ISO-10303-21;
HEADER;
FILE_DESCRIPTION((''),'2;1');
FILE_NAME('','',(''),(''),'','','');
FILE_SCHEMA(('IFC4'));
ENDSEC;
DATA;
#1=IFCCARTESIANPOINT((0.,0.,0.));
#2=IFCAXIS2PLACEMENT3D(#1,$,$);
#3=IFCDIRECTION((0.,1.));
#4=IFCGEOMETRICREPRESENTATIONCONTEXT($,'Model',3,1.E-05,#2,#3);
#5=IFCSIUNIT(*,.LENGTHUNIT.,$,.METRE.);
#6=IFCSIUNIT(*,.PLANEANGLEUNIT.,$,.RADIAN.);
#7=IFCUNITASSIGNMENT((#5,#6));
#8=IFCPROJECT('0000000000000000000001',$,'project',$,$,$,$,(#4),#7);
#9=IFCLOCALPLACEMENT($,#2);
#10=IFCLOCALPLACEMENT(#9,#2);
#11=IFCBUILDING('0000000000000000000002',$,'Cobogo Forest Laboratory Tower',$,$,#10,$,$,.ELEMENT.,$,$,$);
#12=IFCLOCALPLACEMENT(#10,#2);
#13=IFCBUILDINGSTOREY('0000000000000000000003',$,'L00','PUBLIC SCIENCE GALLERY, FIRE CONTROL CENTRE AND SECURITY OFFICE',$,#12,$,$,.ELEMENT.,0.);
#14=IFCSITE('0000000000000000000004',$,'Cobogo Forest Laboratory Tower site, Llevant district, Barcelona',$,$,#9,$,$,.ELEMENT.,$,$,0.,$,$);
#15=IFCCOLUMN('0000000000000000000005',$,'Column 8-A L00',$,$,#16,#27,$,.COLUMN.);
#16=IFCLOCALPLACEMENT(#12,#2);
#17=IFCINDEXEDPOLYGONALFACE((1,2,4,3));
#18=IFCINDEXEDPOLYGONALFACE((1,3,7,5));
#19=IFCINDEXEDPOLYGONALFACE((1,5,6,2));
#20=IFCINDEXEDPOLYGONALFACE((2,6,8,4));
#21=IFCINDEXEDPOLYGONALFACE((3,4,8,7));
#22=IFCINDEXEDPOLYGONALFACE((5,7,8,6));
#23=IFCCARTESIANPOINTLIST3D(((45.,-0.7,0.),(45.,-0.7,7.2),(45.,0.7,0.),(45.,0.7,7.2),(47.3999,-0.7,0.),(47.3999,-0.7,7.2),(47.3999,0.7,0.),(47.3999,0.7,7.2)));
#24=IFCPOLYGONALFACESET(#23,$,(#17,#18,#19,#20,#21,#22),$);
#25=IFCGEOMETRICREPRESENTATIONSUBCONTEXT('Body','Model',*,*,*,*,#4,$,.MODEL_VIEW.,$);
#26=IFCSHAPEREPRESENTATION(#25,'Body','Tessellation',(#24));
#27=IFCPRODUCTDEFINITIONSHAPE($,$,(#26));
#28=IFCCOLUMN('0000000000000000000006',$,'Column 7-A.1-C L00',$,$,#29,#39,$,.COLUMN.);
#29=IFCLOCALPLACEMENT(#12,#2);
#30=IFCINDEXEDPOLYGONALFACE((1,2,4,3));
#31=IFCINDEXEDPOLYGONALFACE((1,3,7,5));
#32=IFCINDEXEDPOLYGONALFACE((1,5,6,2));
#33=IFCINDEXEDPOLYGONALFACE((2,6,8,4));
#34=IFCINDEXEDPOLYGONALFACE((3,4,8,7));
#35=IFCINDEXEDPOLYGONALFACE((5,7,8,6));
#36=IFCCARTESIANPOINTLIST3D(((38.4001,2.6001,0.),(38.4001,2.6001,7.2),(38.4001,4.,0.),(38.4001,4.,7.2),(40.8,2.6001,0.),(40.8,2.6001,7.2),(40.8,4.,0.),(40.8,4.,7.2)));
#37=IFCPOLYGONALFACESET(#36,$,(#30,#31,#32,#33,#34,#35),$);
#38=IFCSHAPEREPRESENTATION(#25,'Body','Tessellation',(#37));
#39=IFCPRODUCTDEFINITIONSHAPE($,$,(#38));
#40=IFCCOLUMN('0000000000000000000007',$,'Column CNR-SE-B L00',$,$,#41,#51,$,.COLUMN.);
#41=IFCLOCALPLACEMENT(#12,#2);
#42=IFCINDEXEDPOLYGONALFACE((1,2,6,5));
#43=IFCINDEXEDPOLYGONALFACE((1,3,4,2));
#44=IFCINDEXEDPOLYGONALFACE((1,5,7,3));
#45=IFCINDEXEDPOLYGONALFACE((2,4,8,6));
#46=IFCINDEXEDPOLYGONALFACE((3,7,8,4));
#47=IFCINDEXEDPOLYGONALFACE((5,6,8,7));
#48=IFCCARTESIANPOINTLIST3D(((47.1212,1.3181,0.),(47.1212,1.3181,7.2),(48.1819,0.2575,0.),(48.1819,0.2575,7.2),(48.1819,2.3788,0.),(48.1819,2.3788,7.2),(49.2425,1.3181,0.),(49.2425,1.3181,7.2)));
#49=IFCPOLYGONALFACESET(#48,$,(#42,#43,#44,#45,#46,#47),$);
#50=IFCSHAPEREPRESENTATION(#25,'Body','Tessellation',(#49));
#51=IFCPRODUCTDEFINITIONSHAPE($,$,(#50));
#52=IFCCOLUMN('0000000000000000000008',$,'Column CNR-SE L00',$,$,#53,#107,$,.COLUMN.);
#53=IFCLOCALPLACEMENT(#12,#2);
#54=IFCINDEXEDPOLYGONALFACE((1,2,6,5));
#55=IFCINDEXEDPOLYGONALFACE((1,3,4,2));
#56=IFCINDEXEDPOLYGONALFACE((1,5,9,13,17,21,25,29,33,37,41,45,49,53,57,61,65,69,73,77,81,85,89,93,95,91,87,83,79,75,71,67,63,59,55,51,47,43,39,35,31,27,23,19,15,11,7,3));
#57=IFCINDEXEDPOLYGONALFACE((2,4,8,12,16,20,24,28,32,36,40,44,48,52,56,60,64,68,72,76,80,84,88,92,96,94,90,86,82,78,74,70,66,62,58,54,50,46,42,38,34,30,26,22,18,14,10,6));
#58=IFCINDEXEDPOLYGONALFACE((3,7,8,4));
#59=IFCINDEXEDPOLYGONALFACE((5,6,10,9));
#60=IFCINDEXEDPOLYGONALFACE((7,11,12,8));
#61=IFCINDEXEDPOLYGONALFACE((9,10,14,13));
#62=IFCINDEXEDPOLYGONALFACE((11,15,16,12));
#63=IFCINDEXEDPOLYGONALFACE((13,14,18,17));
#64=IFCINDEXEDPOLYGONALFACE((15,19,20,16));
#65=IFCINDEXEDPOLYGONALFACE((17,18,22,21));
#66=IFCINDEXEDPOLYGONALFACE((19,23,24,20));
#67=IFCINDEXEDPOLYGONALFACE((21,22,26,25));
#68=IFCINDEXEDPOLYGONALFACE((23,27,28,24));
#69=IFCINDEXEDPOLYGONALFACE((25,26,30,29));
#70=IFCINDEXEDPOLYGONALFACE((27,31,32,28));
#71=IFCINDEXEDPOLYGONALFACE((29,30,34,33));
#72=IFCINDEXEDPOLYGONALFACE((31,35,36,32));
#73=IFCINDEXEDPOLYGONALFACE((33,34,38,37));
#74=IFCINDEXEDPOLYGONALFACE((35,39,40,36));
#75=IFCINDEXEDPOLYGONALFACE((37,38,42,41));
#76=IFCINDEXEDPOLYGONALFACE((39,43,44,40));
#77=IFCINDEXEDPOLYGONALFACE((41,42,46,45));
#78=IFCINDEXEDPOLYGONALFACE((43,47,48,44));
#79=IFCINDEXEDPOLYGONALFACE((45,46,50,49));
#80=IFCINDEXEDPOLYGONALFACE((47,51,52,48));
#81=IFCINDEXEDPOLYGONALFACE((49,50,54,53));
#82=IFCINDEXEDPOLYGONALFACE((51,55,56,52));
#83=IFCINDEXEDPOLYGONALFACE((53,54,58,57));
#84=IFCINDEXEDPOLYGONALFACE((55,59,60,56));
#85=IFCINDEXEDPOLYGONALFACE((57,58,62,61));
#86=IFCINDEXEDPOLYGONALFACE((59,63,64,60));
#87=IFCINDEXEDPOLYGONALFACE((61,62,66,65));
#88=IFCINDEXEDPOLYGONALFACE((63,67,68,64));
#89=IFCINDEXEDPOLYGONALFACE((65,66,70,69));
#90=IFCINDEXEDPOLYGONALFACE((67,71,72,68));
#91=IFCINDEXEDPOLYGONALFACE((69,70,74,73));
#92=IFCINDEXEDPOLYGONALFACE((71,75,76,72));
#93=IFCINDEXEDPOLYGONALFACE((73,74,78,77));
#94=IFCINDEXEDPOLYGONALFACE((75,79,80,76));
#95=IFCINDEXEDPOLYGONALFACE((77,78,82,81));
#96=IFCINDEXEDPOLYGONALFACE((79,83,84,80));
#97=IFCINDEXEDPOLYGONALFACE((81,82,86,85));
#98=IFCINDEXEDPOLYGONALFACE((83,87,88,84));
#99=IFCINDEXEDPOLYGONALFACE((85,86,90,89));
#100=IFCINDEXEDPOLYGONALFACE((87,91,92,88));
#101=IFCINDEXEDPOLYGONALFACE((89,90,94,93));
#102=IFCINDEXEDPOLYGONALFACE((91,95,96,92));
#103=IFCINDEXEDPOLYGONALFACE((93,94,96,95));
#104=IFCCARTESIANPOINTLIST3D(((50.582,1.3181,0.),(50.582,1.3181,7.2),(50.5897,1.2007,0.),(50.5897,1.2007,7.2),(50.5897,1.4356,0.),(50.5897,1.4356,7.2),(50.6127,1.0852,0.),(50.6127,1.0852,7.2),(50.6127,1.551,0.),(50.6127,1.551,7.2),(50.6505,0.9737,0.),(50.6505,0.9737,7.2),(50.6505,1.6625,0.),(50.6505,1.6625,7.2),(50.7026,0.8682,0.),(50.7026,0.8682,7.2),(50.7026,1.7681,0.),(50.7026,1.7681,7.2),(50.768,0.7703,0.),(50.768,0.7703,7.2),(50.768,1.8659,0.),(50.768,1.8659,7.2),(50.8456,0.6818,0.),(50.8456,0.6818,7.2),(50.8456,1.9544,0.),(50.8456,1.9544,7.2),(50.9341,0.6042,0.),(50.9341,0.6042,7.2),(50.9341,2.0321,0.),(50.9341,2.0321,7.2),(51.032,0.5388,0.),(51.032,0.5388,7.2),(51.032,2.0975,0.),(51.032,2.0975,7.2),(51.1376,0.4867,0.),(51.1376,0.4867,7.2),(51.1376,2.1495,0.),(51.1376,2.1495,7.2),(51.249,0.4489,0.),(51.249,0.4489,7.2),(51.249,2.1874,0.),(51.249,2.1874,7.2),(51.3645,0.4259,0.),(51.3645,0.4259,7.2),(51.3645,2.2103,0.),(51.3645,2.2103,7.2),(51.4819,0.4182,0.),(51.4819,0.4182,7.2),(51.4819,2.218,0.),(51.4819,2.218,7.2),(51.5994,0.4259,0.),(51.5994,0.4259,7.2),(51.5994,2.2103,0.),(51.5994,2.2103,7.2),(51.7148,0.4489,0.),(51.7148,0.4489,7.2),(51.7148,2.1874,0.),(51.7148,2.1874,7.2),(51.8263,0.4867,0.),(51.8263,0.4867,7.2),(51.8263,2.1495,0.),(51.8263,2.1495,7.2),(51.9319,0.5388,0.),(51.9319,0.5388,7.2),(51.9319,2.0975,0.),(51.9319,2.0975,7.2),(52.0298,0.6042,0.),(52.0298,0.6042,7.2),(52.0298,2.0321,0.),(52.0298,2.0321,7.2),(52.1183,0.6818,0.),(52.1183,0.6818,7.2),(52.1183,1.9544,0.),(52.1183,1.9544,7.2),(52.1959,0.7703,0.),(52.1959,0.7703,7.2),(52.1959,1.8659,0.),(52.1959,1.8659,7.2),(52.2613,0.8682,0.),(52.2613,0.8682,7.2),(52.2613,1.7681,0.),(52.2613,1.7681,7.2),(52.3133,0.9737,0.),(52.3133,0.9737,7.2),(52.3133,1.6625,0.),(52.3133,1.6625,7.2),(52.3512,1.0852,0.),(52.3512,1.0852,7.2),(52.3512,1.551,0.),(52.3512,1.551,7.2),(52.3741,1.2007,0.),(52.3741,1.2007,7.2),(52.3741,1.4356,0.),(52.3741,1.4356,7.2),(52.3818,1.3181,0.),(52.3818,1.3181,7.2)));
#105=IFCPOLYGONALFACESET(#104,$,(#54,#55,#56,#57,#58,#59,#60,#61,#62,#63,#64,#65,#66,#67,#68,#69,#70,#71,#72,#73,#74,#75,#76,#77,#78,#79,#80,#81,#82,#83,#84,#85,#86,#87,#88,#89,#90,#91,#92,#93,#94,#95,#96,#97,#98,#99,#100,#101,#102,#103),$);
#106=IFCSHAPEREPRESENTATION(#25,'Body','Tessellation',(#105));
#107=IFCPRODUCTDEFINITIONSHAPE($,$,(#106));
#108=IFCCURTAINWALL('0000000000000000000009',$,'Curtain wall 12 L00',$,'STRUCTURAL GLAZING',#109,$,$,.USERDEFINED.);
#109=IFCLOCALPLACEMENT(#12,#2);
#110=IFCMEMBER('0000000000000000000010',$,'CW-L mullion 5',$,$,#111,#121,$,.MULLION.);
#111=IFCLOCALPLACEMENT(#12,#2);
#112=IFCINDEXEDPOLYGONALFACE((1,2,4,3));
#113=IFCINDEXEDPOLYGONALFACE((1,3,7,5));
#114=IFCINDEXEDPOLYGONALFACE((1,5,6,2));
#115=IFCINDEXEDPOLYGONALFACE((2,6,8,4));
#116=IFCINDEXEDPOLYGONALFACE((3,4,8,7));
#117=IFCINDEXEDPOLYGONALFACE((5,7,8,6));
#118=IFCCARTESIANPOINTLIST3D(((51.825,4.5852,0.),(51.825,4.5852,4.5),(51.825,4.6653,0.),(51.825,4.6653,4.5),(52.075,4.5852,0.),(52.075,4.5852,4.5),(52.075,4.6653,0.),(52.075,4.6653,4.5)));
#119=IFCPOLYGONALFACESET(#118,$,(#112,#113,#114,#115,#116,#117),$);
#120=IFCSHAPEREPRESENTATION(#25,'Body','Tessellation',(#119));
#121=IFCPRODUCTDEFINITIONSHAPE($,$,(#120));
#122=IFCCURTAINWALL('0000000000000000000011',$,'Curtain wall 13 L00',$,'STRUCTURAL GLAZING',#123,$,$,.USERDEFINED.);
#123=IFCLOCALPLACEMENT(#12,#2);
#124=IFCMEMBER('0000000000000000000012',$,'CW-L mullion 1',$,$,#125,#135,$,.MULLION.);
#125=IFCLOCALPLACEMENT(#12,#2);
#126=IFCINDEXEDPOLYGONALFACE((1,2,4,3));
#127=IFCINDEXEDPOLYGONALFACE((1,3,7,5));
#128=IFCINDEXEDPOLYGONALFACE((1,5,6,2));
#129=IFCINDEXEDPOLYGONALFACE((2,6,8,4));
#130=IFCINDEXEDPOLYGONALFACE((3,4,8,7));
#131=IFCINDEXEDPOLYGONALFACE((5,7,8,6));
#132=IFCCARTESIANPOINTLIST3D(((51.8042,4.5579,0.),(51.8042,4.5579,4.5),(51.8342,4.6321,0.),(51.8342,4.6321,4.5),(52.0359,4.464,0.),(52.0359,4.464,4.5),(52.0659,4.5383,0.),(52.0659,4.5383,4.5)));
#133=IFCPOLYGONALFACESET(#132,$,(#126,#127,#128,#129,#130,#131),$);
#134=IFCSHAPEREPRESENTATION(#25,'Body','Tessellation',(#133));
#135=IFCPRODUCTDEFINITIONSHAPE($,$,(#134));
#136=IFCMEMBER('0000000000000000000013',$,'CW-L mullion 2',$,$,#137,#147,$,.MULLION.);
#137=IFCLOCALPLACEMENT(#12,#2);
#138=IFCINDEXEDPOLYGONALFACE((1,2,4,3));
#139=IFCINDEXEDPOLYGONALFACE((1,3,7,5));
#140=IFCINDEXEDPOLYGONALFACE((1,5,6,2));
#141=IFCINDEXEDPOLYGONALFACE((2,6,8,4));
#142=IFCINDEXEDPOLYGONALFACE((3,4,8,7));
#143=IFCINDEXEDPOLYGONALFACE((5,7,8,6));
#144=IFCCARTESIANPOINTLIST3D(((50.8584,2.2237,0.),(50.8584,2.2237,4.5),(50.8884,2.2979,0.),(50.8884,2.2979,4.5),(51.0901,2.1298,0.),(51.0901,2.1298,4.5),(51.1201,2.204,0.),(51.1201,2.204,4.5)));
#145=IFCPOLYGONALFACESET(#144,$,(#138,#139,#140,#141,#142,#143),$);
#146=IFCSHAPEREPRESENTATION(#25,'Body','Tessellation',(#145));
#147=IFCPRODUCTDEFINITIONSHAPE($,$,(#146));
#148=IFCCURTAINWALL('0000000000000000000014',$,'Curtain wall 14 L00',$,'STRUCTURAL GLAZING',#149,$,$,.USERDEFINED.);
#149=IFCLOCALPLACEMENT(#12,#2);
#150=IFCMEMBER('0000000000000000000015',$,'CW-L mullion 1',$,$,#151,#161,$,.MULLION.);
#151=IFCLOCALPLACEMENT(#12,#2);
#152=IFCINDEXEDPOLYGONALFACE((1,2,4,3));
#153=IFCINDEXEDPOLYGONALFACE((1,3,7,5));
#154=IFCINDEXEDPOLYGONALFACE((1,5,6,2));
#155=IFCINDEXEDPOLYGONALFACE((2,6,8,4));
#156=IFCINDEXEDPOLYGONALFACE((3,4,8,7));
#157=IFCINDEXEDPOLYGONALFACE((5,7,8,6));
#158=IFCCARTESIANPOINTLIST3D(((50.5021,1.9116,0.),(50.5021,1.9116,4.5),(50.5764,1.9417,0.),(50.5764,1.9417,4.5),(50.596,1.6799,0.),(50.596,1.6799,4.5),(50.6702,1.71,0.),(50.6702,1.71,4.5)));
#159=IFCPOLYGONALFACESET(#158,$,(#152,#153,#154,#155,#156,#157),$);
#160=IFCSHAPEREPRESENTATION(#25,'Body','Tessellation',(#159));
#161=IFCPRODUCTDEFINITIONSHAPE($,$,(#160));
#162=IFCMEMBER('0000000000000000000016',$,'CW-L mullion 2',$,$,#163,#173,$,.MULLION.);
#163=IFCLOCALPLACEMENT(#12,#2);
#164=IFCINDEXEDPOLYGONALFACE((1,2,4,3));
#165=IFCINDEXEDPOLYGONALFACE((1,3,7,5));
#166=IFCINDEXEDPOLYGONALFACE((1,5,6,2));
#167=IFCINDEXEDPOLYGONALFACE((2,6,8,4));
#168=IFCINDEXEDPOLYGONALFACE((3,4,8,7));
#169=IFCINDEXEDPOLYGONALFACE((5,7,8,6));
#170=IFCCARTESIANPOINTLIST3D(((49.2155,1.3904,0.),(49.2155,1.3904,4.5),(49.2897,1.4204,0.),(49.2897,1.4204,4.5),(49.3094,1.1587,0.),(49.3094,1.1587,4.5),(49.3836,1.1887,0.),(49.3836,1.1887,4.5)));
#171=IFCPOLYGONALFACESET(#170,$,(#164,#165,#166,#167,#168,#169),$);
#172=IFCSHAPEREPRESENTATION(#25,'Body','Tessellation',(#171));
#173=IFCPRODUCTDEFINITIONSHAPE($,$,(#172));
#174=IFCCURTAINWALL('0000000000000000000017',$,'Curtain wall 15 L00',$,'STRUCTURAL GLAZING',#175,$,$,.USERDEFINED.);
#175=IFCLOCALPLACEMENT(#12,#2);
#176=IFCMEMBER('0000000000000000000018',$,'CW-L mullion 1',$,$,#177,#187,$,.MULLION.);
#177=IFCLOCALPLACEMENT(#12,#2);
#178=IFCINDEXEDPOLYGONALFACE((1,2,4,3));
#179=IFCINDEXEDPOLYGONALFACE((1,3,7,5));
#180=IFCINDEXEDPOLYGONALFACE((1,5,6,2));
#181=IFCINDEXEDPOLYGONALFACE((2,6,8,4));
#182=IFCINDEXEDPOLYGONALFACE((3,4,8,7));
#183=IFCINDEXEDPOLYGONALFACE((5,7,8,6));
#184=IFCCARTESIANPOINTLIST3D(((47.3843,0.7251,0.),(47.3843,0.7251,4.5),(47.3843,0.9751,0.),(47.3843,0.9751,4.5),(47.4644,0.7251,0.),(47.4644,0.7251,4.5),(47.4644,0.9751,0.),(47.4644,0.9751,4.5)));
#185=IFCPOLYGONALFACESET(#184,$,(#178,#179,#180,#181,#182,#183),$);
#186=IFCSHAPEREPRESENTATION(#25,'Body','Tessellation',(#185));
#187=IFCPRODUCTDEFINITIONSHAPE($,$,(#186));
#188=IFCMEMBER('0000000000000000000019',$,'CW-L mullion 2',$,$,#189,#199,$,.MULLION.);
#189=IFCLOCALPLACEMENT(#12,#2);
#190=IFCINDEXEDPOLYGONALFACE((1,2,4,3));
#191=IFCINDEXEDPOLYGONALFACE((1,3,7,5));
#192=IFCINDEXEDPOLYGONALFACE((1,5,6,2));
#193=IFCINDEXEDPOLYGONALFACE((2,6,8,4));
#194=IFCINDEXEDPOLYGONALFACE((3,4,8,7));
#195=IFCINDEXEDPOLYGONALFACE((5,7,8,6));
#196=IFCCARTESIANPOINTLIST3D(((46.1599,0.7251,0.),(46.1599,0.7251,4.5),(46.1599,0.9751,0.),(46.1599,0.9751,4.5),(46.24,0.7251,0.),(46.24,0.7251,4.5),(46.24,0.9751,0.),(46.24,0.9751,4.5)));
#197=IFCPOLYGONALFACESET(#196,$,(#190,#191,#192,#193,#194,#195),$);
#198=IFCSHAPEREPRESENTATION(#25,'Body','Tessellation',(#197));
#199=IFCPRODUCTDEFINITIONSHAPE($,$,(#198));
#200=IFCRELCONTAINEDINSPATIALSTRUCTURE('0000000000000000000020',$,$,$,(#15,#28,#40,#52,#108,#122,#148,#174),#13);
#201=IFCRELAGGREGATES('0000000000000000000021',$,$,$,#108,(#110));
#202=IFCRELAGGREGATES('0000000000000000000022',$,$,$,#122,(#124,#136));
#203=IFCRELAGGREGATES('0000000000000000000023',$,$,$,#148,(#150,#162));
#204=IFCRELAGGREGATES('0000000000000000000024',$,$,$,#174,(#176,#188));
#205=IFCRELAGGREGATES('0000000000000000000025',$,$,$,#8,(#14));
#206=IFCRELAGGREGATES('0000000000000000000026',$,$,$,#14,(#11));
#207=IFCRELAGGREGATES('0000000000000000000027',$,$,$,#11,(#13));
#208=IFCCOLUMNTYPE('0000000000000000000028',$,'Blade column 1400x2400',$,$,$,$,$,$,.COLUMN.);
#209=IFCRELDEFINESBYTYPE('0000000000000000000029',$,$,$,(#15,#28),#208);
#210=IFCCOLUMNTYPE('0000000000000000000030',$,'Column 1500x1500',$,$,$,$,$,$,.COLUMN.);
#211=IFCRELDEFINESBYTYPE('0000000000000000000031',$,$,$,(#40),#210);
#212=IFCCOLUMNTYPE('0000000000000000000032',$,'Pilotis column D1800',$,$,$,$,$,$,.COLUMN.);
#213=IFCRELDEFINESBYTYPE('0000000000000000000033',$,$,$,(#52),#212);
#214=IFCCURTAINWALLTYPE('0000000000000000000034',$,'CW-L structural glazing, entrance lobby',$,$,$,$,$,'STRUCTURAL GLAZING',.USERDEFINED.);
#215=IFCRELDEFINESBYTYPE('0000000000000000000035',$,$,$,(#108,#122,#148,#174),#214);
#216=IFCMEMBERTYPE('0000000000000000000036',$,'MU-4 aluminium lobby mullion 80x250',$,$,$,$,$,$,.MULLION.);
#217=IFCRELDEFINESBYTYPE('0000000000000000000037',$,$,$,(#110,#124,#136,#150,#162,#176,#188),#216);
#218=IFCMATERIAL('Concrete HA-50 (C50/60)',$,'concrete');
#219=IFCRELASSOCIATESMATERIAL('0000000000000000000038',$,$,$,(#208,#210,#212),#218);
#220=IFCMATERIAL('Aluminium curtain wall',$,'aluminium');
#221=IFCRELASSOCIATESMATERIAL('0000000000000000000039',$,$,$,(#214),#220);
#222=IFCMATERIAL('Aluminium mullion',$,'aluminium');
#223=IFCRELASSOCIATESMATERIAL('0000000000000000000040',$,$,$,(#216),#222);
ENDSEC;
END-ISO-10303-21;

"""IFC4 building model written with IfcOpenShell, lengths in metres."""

from ifc_helpers import new_model, si_unit, direction, frame, origin, origin_2d, place, context, subcontext, project, spatial, rectangle, circle, extrude, material, material_profile, profile_set, type_object, element, aggregate, save


model = new_model("IFC4")

# Units and contexts
model_context = context("Model", 3, precision=1e-05, world=origin(), true_north=direction((0.0, 1.0)))
body_context = subcontext(model_context, "Body", "Model", "MODEL_VIEW")
ifc_project = project(units=[si_unit("LENGTHUNIT", "METRE"), si_unit("PLANEANGLEUNIT", "RADIAN")], contexts=[model_context])

# Site, building, storey
site_placement = place(None, origin())
site = spatial("IfcSite", under=ifc_project, at=site_placement, Name="Cobogo Forest Laboratory Tower site, Llevant district, Barcelona", CompositionType="ELEMENT", RefElevation=0.0)
building_placement = place(site_placement, origin())
building = spatial("IfcBuilding", under=site, at=building_placement, Name="Cobogo Forest Laboratory Tower", CompositionType="ELEMENT")
storey_placement = place(building_placement, origin())
storey = spatial("IfcBuildingStorey", under=building, at=storey_placement, Name="L00", Description="PUBLIC SCIENCE GALLERY, FIRE CONTROL CENTRE AND SECURITY OFFICE", CompositionType="ELEMENT", Elevation=0.0)

# Columns
ifc_material_1 = material(Name="Concrete HA-50 (C50/60)", Category="concrete")
ifc_material_profile_1 = material_profile(ifc_material_1, rectangle(XDim=2.3999, YDim=1.3999, at=origin_2d()), Name="RC 1400x2400")
ifc_profile_set_1 = profile_set([ifc_material_profile_1], Name="Concrete HA-50 (C50/60)")
column_type_1 = type_object("IfcColumnType", Name="Blade column 1400x2400", PredefinedType="COLUMN", material=ifc_profile_set_1)
for number, where, z_axis, x_axis, name in (
    (1, (46.2, 0.0, 0.0), (0.0, 0.0, 1.0), (1.0, 0.0, 0.0), "Column 8-A L00"),
    (2, (39.6001, 3.3, 0.0), (0.0, 0.0, 1.0), (1.0, 0.0, 0.0), "Column 7-A.1-C L00"),
):
    element("IfcColumn", number, at=place(storey_placement, frame(where, z_axis=z_axis, x_axis=x_axis)), inside=storey, type_object=column_type_1, Name=name, PredefinedType="COLUMN", context=body_context, shape_type="SweptSolid", body=[
        extrude(rectangle(XDim=2.3999, YDim=1.3999, at=origin_2d()), origin(), (0.0, 0.0, 1.0), 7.2),
    ])
ifc_material_profile_2 = material_profile(ifc_material_1, rectangle(XDim=1.5, YDim=1.5, at=origin_2d()), Name="RC 1500x1500")
ifc_profile_set_2 = profile_set([ifc_material_profile_2], Name="Concrete HA-50 (C50/60)")
column_type_2 = type_object("IfcColumnType", Name="Column 1500x1500", PredefinedType="COLUMN", material=ifc_profile_set_2)
column_1_placement = place(storey_placement, frame((48.1819, 1.3181, 0.0), z_axis=(0.0, 0.0, 1.0), x_axis=(0.707107, 0.707107, 0.0)))
element("IfcColumn", 3, at=column_1_placement, inside=storey, type_object=column_type_2, Name="Column CNR-SE-B L00", PredefinedType="COLUMN", context=body_context, shape_type="SweptSolid", body=[
    extrude(rectangle(XDim=1.5, YDim=1.5, at=origin_2d()), origin(), (0.0, 0.0, 1.0), 7.2),
])
ifc_material_profile_3 = material_profile(ifc_material_1, circle(Radius=0.8999, at=origin_2d()), Name="RC D1800")
ifc_profile_set_3 = profile_set([ifc_material_profile_3], Name="Concrete HA-50 (C50/60)")
column_type_3 = type_object("IfcColumnType", Name="Pilotis column D1800", PredefinedType="COLUMN", material=ifc_profile_set_3)
column_2_placement = place(storey_placement, frame((51.4819, 1.3181, 0.0), z_axis=(0.0, 0.0, 1.0), x_axis=(1.0, 0.0, 0.0)))
element("IfcColumn", 4, at=column_2_placement, inside=storey, type_object=column_type_3, Name="Column CNR-SE L00", PredefinedType="COLUMN", context=body_context, shape_type="SweptSolid", body=[
    extrude(circle(Radius=0.8999, at=origin_2d()), origin(), (0.0, 0.0, 1.0), 7.2),
])

# Curtain wall, member
ifc_material_2 = material(Name="Aluminium curtain wall", Category="aluminium")
curtain_wall_type = type_object("IfcCurtainWallType", Name="CW-L structural glazing, entrance lobby", ElementType="STRUCTURAL GLAZING", PredefinedType="USERDEFINED", material=ifc_material_2)
curtain_wall_1_placement = place(storey_placement, origin())
curtain_wall_1 = element("IfcCurtainWall", 5, at=curtain_wall_1_placement, inside=storey, type_object=curtain_wall_type, Name="Curtain wall 12 L00", ObjectType="STRUCTURAL GLAZING", PredefinedType="USERDEFINED")
ifc_material_3 = material(Name="Aluminium mullion", Category="aluminium")
ifc_material_profile_4 = material_profile(ifc_material_3, rectangle(XDim=0.0801, YDim=0.25, at=origin_2d()), Name="AL 80x250")
ifc_profile_set_4 = profile_set([ifc_material_profile_4], Name="Aluminium mullion")
member_type_1 = type_object("IfcMemberType", Name="MU-4 aluminium lobby mullion 80x250", PredefinedType="MULLION", material=ifc_profile_set_4)
member_1_placement = place(storey_placement, frame((51.95, 4.6252, 0.0), z_axis=(0.0, 0.0, 1.0), x_axis=(0.0, -1.0, 0.0)))
member_1 = element("IfcMember", 6, at=member_1_placement, type_object=member_type_1, Name="CW-L mullion 5", PredefinedType="MULLION", context=body_context, shape_type="SweptSolid", body=[
    extrude(rectangle(XDim=0.0801, YDim=0.25, at=origin_2d()), origin(), (0.0, 0.0, 1.0), 4.5),
])

# Curtain walls, members
curtain_wall_2_placement = place(storey_placement, origin())
curtain_wall_2 = element("IfcCurtainWall", 7, at=curtain_wall_2_placement, inside=storey, type_object=curtain_wall_type, Name="Curtain wall 13 L00", ObjectType="STRUCTURAL GLAZING", PredefinedType="USERDEFINED")
member_2_placement = place(storey_placement, frame((51.9351, 4.5481, 0.0), z_axis=(0.0, 0.0, 1.0), x_axis=(-0.375507, -0.92682, 0.0)))
member_2 = element("IfcMember", 8, at=member_2_placement, type_object=member_type_1, Name="CW-L mullion 1", PredefinedType="MULLION", context=body_context, shape_type="SweptSolid", body=[
    extrude(rectangle(XDim=0.0801, YDim=0.25, at=origin_2d()), origin(), (0.0, 0.0, 1.0), 4.5),
])
member_3_placement = place(storey_placement, frame((50.9893, 2.2139, 0.0), z_axis=(0.0, 0.0, 1.0), x_axis=(-0.375507, -0.92682, 0.0)))
member_3 = element("IfcMember", 9, at=member_3_placement, type_object=member_type_1, Name="CW-L mullion 2", PredefinedType="MULLION", context=body_context, shape_type="SweptSolid", body=[
    extrude(rectangle(XDim=0.0801, YDim=0.25, at=origin_2d()), origin(), (0.0, 0.0, 1.0), 4.5),
])
curtain_wall_3_placement = place(storey_placement, origin())
curtain_wall_3 = element("IfcCurtainWall", 10, at=curtain_wall_3_placement, inside=storey, type_object=curtain_wall_type, Name="Curtain wall 14 L00", ObjectType="STRUCTURAL GLAZING", PredefinedType="USERDEFINED")
member_4_placement = place(storey_placement, frame((50.5862, 1.8108, 0.0), z_axis=(0.0, 0.0, 1.0), x_axis=(-0.92682, -0.375507, 0.0)))
member_4 = element("IfcMember", 11, at=member_4_placement, type_object=member_type_1, Name="CW-L mullion 1", PredefinedType="MULLION", context=body_context, shape_type="SweptSolid", body=[
    extrude(rectangle(XDim=0.0801, YDim=0.25, at=origin_2d()), origin(), (0.0, 0.0, 1.0), 4.5),
])
member_5_placement = place(storey_placement, frame((49.2996, 1.2896, 0.0), z_axis=(0.0, 0.0, 1.0), x_axis=(-0.92682, -0.375507, 0.0)))
member_5 = element("IfcMember", 12, at=member_5_placement, type_object=member_type_1, Name="CW-L mullion 2", PredefinedType="MULLION", context=body_context, shape_type="SweptSolid", body=[
    extrude(rectangle(XDim=0.0801, YDim=0.25, at=origin_2d()), origin(), (0.0, 0.0, 1.0), 4.5),
])
curtain_wall_4_placement = place(storey_placement, origin())
curtain_wall_4 = element("IfcCurtainWall", 13, at=curtain_wall_4_placement, inside=storey, type_object=curtain_wall_type, Name="Curtain wall 15 L00", ObjectType="STRUCTURAL GLAZING", PredefinedType="USERDEFINED")
member_6_placement = place(storey_placement, frame((47.4243, 0.8501, 0.0), z_axis=(0.0, 0.0, 1.0), x_axis=(-1.0, 0.0, 0.0)))
member_6 = element("IfcMember", 14, at=member_6_placement, type_object=member_type_1, Name="CW-L mullion 1", PredefinedType="MULLION", context=body_context, shape_type="SweptSolid", body=[
    extrude(rectangle(XDim=0.0801, YDim=0.25, at=origin_2d()), origin(), (0.0, 0.0, 1.0), 4.5),
])
member_7_placement = place(storey_placement, frame((46.2, 0.8501, 0.0), z_axis=(0.0, 0.0, 1.0), x_axis=(-1.0, 0.0, 0.0)))
member_7 = element("IfcMember", 15, at=member_7_placement, type_object=member_type_1, Name="CW-L mullion 2", PredefinedType="MULLION", context=body_context, shape_type="SweptSolid", body=[
    extrude(rectangle(XDim=0.0801, YDim=0.25, at=origin_2d()), origin(), (0.0, 0.0, 1.0), 4.5),
])

aggregate(curtain_wall_1, [member_1])
aggregate(curtain_wall_2, [member_2, member_3])
aggregate(curtain_wall_3, [member_4, member_5])
aggregate(curtain_wall_4, [member_6, member_7])

save(model, "model.ifc")
